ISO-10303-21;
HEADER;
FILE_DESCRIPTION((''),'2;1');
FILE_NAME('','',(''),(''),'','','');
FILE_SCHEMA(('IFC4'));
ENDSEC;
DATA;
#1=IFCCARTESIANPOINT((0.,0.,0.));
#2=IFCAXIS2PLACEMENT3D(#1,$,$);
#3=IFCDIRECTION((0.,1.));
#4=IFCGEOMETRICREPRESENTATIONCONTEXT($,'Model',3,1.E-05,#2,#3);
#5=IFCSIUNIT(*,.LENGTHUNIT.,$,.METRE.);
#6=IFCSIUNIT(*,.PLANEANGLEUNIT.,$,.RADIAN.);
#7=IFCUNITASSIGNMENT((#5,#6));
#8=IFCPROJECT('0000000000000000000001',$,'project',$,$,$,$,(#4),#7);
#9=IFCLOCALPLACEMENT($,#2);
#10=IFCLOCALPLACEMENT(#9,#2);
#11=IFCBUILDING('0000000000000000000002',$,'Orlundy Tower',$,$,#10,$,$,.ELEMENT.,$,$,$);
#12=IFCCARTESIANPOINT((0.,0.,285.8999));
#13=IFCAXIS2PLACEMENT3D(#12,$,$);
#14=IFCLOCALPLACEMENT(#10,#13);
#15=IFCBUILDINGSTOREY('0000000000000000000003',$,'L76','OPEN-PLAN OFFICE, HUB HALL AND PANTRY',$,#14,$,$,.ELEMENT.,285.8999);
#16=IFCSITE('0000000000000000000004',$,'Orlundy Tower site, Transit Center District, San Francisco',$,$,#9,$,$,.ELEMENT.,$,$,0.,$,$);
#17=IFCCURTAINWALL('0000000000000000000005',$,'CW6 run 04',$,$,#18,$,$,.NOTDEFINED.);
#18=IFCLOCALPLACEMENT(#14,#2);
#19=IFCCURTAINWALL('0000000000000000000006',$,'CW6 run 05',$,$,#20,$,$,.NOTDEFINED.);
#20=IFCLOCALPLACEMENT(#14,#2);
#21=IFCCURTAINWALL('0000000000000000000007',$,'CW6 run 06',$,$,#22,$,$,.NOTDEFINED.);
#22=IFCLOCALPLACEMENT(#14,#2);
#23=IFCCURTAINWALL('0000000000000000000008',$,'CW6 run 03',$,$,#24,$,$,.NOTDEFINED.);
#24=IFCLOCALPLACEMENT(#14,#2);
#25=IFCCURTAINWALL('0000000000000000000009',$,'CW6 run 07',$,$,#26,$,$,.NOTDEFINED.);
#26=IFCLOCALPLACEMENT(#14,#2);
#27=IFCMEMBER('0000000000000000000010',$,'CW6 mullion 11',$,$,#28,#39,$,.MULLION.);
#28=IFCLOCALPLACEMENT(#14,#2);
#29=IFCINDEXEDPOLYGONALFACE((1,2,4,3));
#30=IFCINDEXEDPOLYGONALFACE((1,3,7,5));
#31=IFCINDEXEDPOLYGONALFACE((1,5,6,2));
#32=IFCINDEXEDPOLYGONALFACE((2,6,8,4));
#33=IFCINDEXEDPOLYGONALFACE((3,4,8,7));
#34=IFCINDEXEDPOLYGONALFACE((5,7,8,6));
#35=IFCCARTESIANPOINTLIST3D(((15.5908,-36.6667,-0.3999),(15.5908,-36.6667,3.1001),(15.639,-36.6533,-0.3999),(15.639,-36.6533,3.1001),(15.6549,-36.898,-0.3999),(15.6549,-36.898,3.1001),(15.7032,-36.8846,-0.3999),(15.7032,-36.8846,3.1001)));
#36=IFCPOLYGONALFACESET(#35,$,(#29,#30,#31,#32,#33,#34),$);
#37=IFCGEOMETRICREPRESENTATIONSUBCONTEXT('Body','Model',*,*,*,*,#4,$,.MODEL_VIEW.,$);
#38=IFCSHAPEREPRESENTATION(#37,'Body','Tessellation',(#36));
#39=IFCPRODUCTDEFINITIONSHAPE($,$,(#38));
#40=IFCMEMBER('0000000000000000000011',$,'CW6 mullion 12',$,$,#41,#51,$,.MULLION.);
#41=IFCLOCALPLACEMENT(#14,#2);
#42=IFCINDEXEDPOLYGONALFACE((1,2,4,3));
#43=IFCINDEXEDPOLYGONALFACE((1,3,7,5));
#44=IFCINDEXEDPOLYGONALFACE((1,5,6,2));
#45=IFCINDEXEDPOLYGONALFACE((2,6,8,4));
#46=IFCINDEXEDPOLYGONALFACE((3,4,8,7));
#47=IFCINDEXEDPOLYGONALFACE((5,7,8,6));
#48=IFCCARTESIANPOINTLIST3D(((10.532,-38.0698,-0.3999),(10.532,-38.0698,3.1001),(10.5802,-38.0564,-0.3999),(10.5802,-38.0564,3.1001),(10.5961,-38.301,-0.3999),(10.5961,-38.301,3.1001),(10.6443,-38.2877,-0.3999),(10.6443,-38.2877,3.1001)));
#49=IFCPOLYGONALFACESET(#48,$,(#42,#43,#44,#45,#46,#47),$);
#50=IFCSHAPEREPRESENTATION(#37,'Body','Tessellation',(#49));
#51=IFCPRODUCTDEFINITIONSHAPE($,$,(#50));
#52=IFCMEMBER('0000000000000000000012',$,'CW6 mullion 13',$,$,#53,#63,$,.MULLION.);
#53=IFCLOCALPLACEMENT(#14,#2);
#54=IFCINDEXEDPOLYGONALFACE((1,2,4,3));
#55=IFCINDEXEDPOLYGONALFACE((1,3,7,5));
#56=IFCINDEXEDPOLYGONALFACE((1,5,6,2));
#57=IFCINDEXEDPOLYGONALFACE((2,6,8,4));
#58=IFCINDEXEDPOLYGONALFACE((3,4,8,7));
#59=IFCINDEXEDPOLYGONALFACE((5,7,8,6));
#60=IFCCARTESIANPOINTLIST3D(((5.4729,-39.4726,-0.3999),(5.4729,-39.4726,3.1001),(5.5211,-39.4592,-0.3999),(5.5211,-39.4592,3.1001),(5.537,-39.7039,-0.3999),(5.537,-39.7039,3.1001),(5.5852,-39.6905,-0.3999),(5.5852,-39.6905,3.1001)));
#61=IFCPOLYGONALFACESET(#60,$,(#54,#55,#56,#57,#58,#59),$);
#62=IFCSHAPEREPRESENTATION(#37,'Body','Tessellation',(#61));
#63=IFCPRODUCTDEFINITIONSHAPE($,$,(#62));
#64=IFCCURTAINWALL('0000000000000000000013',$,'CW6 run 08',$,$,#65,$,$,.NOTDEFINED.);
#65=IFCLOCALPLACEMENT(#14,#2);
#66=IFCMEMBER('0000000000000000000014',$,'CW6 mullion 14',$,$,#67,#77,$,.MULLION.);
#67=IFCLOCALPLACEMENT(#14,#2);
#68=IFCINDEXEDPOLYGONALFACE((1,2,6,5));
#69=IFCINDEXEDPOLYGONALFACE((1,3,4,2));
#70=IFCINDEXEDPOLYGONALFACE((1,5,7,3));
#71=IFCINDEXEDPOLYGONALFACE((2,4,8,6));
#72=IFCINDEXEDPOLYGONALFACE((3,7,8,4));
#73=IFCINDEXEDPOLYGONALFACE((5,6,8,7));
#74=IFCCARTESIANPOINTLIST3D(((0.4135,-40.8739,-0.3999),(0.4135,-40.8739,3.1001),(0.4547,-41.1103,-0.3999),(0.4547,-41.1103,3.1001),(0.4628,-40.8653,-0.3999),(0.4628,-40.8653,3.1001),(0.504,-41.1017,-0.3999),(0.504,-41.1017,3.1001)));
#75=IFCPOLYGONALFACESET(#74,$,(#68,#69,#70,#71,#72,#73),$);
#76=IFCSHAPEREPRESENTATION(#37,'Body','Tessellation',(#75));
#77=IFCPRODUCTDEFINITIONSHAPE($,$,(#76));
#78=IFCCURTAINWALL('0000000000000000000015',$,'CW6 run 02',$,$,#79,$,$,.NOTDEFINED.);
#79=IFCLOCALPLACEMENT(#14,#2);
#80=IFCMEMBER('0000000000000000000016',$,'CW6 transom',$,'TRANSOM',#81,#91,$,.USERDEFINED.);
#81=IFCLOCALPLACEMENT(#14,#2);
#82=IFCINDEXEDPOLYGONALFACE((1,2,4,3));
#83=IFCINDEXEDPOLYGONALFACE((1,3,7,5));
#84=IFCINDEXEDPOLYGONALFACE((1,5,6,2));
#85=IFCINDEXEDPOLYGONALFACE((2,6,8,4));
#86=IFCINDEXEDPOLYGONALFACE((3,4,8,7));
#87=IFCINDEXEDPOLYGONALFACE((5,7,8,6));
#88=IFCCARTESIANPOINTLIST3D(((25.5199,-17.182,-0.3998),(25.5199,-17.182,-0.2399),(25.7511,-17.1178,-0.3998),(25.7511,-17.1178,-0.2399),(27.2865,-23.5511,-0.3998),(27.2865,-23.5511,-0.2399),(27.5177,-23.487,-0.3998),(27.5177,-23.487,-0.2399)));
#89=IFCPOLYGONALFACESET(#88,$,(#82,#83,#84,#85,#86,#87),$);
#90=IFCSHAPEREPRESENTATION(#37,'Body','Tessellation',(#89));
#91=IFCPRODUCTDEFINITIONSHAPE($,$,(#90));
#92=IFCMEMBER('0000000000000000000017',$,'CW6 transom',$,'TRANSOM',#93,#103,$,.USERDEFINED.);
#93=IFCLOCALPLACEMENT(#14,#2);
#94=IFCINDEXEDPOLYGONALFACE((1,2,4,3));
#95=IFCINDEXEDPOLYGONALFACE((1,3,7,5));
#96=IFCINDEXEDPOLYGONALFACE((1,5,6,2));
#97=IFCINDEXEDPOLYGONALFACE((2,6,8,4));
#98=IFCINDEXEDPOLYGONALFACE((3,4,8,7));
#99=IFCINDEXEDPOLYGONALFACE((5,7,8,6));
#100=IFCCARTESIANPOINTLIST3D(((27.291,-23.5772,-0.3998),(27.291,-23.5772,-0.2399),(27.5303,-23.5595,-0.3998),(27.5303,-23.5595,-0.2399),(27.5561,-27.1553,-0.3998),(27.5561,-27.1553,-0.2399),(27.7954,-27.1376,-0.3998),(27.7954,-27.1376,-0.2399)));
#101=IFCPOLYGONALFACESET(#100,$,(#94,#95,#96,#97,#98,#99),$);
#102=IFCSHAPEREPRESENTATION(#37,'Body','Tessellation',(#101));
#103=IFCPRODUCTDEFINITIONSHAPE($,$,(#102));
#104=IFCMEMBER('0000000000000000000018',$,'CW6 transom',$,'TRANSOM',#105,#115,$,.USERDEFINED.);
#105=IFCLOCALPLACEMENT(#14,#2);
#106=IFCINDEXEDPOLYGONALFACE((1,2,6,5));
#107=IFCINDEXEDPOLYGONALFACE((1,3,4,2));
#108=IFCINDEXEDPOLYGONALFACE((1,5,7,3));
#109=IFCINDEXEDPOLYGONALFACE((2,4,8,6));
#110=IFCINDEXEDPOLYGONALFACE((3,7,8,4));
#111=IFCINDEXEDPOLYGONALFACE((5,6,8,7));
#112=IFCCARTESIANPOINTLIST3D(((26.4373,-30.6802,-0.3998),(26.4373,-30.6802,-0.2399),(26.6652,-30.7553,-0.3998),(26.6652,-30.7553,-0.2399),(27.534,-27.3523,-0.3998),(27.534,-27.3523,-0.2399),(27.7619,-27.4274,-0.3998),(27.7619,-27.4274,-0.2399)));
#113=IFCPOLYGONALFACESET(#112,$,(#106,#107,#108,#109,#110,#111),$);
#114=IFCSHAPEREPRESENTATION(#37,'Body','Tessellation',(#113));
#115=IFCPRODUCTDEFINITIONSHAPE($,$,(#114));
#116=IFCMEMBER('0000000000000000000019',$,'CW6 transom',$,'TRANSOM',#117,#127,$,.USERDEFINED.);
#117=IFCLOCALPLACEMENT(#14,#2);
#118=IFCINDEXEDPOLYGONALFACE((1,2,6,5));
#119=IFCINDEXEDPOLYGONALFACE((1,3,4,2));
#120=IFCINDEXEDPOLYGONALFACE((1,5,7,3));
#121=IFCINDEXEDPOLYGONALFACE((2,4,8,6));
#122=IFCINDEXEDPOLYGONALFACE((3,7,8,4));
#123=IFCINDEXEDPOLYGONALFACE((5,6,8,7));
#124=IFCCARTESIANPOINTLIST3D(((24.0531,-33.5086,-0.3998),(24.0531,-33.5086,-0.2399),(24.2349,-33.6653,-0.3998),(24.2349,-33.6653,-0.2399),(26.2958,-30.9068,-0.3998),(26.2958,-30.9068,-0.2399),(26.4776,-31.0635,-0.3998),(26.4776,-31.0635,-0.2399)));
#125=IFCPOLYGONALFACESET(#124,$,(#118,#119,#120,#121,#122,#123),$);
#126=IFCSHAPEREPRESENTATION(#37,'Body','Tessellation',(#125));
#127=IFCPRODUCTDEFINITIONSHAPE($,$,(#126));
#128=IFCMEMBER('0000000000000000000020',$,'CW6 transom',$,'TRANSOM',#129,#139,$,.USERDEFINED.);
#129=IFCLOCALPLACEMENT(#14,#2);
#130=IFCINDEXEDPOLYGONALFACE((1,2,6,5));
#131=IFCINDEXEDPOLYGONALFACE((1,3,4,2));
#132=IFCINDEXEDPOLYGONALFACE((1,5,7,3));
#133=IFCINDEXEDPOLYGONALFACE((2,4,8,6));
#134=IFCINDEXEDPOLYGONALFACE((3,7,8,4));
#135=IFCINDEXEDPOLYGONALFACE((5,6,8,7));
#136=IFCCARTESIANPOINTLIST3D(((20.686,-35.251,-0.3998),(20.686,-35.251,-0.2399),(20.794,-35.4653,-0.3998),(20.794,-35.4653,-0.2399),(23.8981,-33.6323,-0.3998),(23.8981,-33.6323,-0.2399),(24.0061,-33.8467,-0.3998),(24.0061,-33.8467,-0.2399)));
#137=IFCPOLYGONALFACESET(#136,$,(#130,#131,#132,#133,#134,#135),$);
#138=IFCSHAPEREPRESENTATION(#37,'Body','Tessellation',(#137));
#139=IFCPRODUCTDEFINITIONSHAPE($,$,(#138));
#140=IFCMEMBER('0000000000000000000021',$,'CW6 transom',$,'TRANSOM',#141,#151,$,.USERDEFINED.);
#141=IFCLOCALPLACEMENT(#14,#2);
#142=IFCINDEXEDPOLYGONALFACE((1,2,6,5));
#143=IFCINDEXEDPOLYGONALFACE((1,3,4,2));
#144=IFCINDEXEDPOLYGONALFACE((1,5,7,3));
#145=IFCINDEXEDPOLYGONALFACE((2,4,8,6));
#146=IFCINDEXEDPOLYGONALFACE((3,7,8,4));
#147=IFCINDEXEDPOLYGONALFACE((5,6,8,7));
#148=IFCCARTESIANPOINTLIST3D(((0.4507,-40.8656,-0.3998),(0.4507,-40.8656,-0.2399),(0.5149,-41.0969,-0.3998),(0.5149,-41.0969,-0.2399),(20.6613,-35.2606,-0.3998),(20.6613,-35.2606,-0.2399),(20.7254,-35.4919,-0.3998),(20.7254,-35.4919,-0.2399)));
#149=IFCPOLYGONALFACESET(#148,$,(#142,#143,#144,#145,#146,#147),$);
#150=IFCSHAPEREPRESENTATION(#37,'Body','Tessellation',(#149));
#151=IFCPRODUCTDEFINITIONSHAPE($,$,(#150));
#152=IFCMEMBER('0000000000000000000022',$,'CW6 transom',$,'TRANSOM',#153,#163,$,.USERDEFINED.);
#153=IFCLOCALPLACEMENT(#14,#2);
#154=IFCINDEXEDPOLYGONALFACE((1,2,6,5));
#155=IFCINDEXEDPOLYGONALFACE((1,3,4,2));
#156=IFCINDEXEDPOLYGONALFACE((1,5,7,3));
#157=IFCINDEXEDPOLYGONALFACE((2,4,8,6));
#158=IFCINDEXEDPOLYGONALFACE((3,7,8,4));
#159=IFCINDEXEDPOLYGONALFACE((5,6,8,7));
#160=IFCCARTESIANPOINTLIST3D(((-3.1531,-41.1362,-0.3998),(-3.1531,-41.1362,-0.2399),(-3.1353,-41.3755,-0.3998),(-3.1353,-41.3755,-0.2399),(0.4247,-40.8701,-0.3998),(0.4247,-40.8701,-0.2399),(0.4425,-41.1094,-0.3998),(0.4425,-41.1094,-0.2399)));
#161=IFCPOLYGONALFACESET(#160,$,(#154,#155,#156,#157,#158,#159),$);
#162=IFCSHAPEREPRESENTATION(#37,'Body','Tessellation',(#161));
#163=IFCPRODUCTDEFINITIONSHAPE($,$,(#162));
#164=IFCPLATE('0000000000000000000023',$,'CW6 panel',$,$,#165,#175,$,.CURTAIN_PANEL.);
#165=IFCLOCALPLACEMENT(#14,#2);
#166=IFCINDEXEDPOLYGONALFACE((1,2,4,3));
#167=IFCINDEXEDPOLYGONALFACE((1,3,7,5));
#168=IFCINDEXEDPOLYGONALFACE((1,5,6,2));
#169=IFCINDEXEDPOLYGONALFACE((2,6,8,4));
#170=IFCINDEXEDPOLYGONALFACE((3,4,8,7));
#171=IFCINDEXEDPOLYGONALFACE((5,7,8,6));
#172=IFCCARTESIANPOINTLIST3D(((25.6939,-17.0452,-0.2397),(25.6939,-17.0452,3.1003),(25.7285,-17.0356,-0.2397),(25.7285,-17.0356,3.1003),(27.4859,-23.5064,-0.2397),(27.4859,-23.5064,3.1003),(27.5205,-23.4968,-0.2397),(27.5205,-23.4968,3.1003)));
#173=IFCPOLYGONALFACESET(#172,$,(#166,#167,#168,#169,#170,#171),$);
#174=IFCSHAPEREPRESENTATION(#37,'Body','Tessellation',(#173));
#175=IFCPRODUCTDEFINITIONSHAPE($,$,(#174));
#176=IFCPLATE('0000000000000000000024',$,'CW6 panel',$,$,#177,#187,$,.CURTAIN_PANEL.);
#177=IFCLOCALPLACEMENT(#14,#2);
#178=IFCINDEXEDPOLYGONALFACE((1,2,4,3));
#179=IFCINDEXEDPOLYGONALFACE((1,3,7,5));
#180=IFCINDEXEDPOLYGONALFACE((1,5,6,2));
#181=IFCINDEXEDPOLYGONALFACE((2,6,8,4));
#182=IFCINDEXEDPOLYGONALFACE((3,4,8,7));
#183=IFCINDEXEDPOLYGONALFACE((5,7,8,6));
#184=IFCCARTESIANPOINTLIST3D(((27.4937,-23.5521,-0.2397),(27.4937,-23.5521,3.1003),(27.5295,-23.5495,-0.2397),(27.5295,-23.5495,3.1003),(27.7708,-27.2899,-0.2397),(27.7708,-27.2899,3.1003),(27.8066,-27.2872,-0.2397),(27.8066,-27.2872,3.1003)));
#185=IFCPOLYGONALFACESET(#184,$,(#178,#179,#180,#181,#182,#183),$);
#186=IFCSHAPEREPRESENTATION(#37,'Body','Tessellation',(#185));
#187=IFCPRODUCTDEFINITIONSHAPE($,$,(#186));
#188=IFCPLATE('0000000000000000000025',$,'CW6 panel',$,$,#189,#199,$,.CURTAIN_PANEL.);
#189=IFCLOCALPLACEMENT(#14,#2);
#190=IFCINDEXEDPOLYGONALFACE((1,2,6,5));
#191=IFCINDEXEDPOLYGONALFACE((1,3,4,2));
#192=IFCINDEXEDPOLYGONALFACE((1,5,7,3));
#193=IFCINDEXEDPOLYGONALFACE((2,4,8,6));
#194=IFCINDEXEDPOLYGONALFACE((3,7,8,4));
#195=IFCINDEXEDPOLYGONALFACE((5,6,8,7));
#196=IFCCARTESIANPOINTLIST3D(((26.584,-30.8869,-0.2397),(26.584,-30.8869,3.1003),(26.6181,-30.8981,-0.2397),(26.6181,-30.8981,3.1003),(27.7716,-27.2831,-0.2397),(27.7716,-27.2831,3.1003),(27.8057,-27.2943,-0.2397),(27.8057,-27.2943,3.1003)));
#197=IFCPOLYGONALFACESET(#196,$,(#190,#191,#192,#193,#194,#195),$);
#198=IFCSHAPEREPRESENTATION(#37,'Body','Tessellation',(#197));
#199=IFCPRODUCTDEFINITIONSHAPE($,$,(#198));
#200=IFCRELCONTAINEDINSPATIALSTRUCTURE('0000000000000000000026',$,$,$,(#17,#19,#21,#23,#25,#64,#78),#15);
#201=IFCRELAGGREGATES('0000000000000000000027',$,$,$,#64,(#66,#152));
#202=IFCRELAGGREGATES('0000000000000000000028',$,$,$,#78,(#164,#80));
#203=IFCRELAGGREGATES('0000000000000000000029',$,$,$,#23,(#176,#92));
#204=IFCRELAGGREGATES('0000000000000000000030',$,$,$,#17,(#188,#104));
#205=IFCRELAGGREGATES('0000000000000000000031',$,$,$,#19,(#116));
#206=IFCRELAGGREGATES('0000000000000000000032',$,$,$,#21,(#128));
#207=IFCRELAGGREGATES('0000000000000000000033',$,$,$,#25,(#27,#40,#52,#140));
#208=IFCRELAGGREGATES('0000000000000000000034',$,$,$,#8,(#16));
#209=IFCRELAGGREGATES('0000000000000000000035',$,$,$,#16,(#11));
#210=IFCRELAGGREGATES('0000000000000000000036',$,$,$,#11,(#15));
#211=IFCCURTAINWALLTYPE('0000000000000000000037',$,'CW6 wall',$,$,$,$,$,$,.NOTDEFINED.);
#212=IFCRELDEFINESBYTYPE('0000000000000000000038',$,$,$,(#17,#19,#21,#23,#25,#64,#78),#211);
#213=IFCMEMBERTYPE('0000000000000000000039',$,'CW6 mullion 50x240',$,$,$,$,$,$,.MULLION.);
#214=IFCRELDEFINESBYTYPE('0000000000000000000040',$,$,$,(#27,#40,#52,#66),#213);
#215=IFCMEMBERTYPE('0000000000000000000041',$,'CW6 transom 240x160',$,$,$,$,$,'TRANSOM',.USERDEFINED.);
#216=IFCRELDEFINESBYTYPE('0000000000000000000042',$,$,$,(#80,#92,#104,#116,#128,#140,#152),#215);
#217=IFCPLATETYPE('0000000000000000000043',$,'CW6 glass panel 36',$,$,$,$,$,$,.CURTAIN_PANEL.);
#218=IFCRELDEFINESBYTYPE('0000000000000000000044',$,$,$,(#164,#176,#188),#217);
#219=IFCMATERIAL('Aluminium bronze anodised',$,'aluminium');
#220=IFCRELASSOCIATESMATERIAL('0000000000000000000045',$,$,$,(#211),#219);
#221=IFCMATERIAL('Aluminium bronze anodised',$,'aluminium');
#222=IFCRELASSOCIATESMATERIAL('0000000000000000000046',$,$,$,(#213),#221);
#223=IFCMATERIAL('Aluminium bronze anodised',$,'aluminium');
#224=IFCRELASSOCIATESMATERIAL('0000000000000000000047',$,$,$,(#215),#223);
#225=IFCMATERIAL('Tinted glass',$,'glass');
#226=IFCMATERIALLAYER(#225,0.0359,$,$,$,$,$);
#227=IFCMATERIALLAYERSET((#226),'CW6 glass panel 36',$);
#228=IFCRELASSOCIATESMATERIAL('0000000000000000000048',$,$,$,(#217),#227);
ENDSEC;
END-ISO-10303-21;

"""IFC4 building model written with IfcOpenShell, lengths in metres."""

from ifc_helpers import new_model, si_unit, direction, frame, origin, origin_2d, place, context, subcontext, project, spatial, rectangle, extrude, material, layer, layer_set, material_profile, profile_set, type_object, element, aggregate, save


model = new_model("IFC4")

# Units and contexts
model_context = context("Model", 3, precision=1e-05, world=origin(), true_north=direction((0.0, 1.0)))
body_context = subcontext(model_context, "Body", "Model", "MODEL_VIEW")
ifc_project = project(units=[si_unit("LENGTHUNIT", "METRE"), si_unit("PLANEANGLEUNIT", "RADIAN")], contexts=[model_context])

# Site, building, storey
site_placement = place(None, origin())
site = spatial("IfcSite", under=ifc_project, at=site_placement, Name="Orlundy Tower site, Transit Center District, San Francisco", CompositionType="ELEMENT", RefElevation=0.0)
building_placement = place(site_placement, origin())
building = spatial("IfcBuilding", under=site, at=building_placement, Name="Orlundy Tower", CompositionType="ELEMENT")
storey_placement = place(building_placement, frame((0.0, 0.0, 285.8999)))
storey = spatial("IfcBuildingStorey", under=building, at=storey_placement, Name="L76", Description="OPEN-PLAN OFFICE, HUB HALL AND PANTRY", CompositionType="ELEMENT", Elevation=285.8999)

# Curtain walls
ifc_material_1 = material(Name="Aluminium bronze anodised", Category="aluminium")
curtain_wall_type = type_object("IfcCurtainWallType", Name="CW6 wall", PredefinedType="NOTDEFINED", material=ifc_material_1)
curtain_wall_1_placement = place(storey_placement, origin())
curtain_wall_1 = element("IfcCurtainWall", 1, at=curtain_wall_1_placement, inside=storey, type_object=curtain_wall_type, Name="CW6 run 04", PredefinedType="NOTDEFINED")
curtain_wall_2_placement = place(storey_placement, origin())
curtain_wall_2 = element("IfcCurtainWall", 2, at=curtain_wall_2_placement, inside=storey, type_object=curtain_wall_type, Name="CW6 run 05", PredefinedType="NOTDEFINED")
curtain_wall_3_placement = place(storey_placement, origin())
curtain_wall_3 = element("IfcCurtainWall", 3, at=curtain_wall_3_placement, inside=storey, type_object=curtain_wall_type, Name="CW6 run 06", PredefinedType="NOTDEFINED")
curtain_wall_4_placement = place(storey_placement, origin())
curtain_wall_4 = element("IfcCurtainWall", 4, at=curtain_wall_4_placement, inside=storey, type_object=curtain_wall_type, Name="CW6 run 03", PredefinedType="NOTDEFINED")
ifc_material_2 = material(Name="Aluminium bronze anodised", Category="aluminium")
ifc_material_profile_1 = material_profile(ifc_material_2, rectangle(XDim=0.24, YDim=0.05, at=origin_2d()), Name="CW6 mullion 50x240")
ifc_profile_set_1 = profile_set([ifc_material_profile_1], Name="Aluminium bronze anodised")
member_type_1 = type_object("IfcMemberType", Name="CW6 mullion 50x240", PredefinedType="MULLION", material=ifc_profile_set_1)

# Curtain wall, members
curtain_wall_5_placement = place(storey_placement, origin())
curtain_wall_5 = element("IfcCurtainWall", 5, at=curtain_wall_5_placement, inside=storey, type_object=curtain_wall_type, Name="CW6 run 07", PredefinedType="NOTDEFINED")
member_1_placement = place(storey_placement, frame((15.647, -36.7756, -0.3999), z_axis=(0.0, 0.0, 1.0), x_axis=(0.267241, -0.96363, 0.0)))
member_1 = element("IfcMember", 6, at=member_1_placement, type_object=member_type_1, Name="CW6 mullion 11", PredefinedType="MULLION", context=body_context, shape_type="SweptSolid", body=[
    extrude(rectangle(XDim=0.24, YDim=0.05, at=origin_2d()), origin(), (0.0, 0.0, 1.0), 3.5),
])
member_2_placement = place(storey_placement, frame((10.5881, -38.1787, -0.3999), z_axis=(0.0, 0.0, 1.0), x_axis=(0.267241, -0.96363, 0.0)))
member_2 = element("IfcMember", 7, at=member_2_placement, type_object=member_type_1, Name="CW6 mullion 12", PredefinedType="MULLION", context=body_context, shape_type="SweptSolid", body=[
    extrude(rectangle(XDim=0.24, YDim=0.05, at=origin_2d()), origin(), (0.0, 0.0, 1.0), 3.5),
])
member_3_placement = place(storey_placement, frame((5.5291, -39.5815, -0.3999), z_axis=(0.0, 0.0, 1.0), x_axis=(0.267241, -0.96363, 0.0)))
member_3 = element("IfcMember", 8, at=member_3_placement, type_object=member_type_1, Name="CW6 mullion 13", PredefinedType="MULLION", context=body_context, shape_type="SweptSolid", body=[
    extrude(rectangle(XDim=0.24, YDim=0.05, at=origin_2d()), origin(), (0.0, 0.0, 1.0), 3.5),
])

# Curtain walls, members
curtain_wall_6_placement = place(storey_placement, origin())
curtain_wall_6 = element("IfcCurtainWall", 9, at=curtain_wall_6_placement, inside=storey, type_object=curtain_wall_type, Name="CW6 run 08", PredefinedType="NOTDEFINED")
member_4_placement = place(storey_placement, frame((0.4587, -40.9878, -0.3999), z_axis=(0.0, 0.0, 1.0), x_axis=(0.171536, -0.985178, 0.0)))
member_4 = element("IfcMember", 10, at=member_4_placement, type_object=member_type_1, Name="CW6 mullion 14", PredefinedType="MULLION", context=body_context, shape_type="SweptSolid", body=[
    extrude(rectangle(XDim=0.24, YDim=0.05, at=origin_2d()), origin(), (0.0, 0.0, 1.0), 3.5),
])
curtain_wall_7_placement = place(storey_placement, origin())
curtain_wall_7 = element("IfcCurtainWall", 11, at=curtain_wall_7_placement, inside=storey, type_object=curtain_wall_type, Name="CW6 run 02", PredefinedType="NOTDEFINED")
ifc_material_3 = material(Name="Aluminium bronze anodised", Category="aluminium")
ifc_material_profile_2 = material_profile(ifc_material_3, rectangle(XDim=0.24, YDim=0.1599, at=origin_2d()), Name="CW6 transom 240x160")
ifc_profile_set_2 = profile_set([ifc_material_profile_2], Name="Aluminium bronze anodised")
member_type_2 = type_object("IfcMemberType", Name="CW6 transom 240x160", ElementType="TRANSOM", PredefinedType="USERDEFINED", material=ifc_profile_set_2)
member_5_placement = place(storey_placement, frame((25.6355, -17.1499, -0.3198), z_axis=(0.267278, -0.963619, 0.0), x_axis=(0.963619, 0.267278, 0.0)))
member_5 = element("IfcMember", 12, at=member_5_placement, type_object=member_type_2, Name="CW6 transom", ObjectType="TRANSOM", PredefinedType="USERDEFINED", context=body_context, shape_type="SweptSolid", body=[
    extrude(rectangle(XDim=0.24, YDim=0.1599, at=origin_2d()), origin(), (0.0, 0.0, 1.0), 6.6096),
])

# Members
member_6_placement = place(storey_placement, frame((27.4106, -23.5684, -0.3198), z_axis=(0.073897, -0.997266, 0.0), x_axis=(0.997266, 0.073897, 0.0)))
member_6 = element("IfcMember", 13, at=member_6_placement, type_object=member_type_2, Name="CW6 transom", ObjectType="TRANSOM", PredefinedType="USERDEFINED", context=body_context, shape_type="SweptSolid", body=[
    extrude(rectangle(XDim=0.24, YDim=0.1599, at=origin_2d()), origin(), (0.0, 0.0, 1.0), 3.5879),
])
member_7_placement = place(storey_placement, frame((27.6479, -27.3899, -0.3198), z_axis=(-0.312986, -0.949758, 0.0), x_axis=(0.949758, -0.312986, 0.0)))
member_7 = element("IfcMember", 14, at=member_7_placement, type_object=member_type_2, Name="CW6 transom", ObjectType="TRANSOM", PredefinedType="USERDEFINED", context=body_context, shape_type="SweptSolid", body=[
    extrude(rectangle(XDim=0.24, YDim=0.1599, at=origin_2d()), origin(), (0.0, 0.0, 1.0), 3.5039),
])
member_8_placement = place(storey_placement, frame((26.3867, -30.9851, -0.3198), z_axis=(-0.652896, -0.757448, 0.0), x_axis=(0.757448, -0.652896, 0.0)))
member_8 = element("IfcMember", 15, at=member_8_placement, type_object=member_type_2, Name="CW6 transom", ObjectType="TRANSOM", PredefinedType="USERDEFINED", context=body_context, shape_type="SweptSolid", body=[
    extrude(rectangle(XDim=0.24, YDim=0.1599, at=origin_2d()), origin(), (0.0, 0.0, 1.0), 3.4351),
])
member_9_placement = place(storey_placement, frame((23.9521, -33.7395, -0.3198), z_axis=(-0.893025, -0.450008, 0.0), x_axis=(0.450008, -0.893025, 0.0)))
member_9 = element("IfcMember", 16, at=member_9_placement, type_object=member_type_2, Name="CW6 transom", ObjectType="TRANSOM", PredefinedType="USERDEFINED", context=body_context, shape_type="SweptSolid", body=[
    extrude(rectangle(XDim=0.24, YDim=0.1599, at=origin_2d()), origin(), (0.0, 0.0, 1.0), 3.5969),
])
member_10_placement = place(storey_placement, frame((20.6934, -35.3762, -0.3198), z_axis=(-0.963629, -0.267244, 0.0), x_axis=(0.267244, -0.963629, 0.0)))
member_10 = element("IfcMember", 17, at=member_10_placement, type_object=member_type_2, Name="CW6 transom", ObjectType="TRANSOM", PredefinedType="USERDEFINED", context=body_context, shape_type="SweptSolid", body=[
    extrude(rectangle(XDim=0.24, YDim=0.1599, at=origin_2d()), origin(), (0.0, 0.0, 1.0), 20.9734),
])
member_11_placement = place(storey_placement, frame((0.4336, -40.9897, -0.3198), z_axis=(-0.997245, -0.074172, 0.0), x_axis=(0.074172, -0.997245, 0.0)))
member_11 = element("IfcMember", 18, at=member_11_placement, type_object=member_type_2, Name="CW6 transom", ObjectType="TRANSOM", PredefinedType="USERDEFINED", context=body_context, shape_type="SweptSolid", body=[
    extrude(rectangle(XDim=0.24, YDim=0.1599, at=origin_2d()), origin(), (0.0, 0.0, 1.0), 3.5876),
])
aggregate(curtain_wall_6, [member_4, member_11])

# Plates
ifc_material_4 = material(Name="Tinted glass", Category="glass")
ifc_layer_1 = layer(ifc_material_4, 0.0359)
ifc_layer_set_1 = layer_set([ifc_layer_1], Name="CW6 glass panel 36")
plate_type = type_object("IfcPlateType", Name="CW6 glass panel 36", PredefinedType="CURTAIN_PANEL", material=ifc_layer_set_1)
plate_1_placement = place(storey_placement, frame((26.6072, -20.271, -0.2397), z_axis=(0.0, 0.0, 1.0), x_axis=(0.267256, -0.963626, 0.0)))
plate_1 = element("IfcPlate", 19, at=plate_1_placement, type_object=plate_type, Name="CW6 panel", PredefinedType="CURTAIN_PANEL", context=body_context, shape_type="SweptSolid", body=[
    extrude(rectangle(XDim=6.7051, YDim=0.0359, at=origin_2d()), origin(), (0.0, 0.0, 1.0), 3.3401),
])
aggregate(curtain_wall_7, [plate_1, member_5])
plate_2_placement = place(storey_placement, frame((27.6501, -25.4197, -0.2397), z_axis=(0.0, 0.0, 1.0), x_axis=(0.073911, -0.997265, 0.0)))
plate_2 = element("IfcPlate", 20, at=plate_2_placement, type_object=plate_type, Name="CW6 panel", PredefinedType="CURTAIN_PANEL", context=body_context, shape_type="SweptSolid", body=[
    extrude(rectangle(XDim=3.748, YDim=0.0359, at=origin_2d()), origin(), (0.0, 0.0, 1.0), 3.3401),
])
aggregate(curtain_wall_4, [plate_2, member_6])
plate_3_placement = place(storey_placement, frame((27.1948, -29.0906, -0.2397), z_axis=(0.0, 0.0, 1.0), x_axis=(-0.312988, -0.949757, 0.0)))
plate_3 = element("IfcPlate", 21, at=plate_3_placement, type_object=plate_type, Name="CW6 panel", PredefinedType="CURTAIN_PANEL", context=body_context, shape_type="SweptSolid", body=[
    extrude(rectangle(XDim=3.7944, YDim=0.0359, at=origin_2d()), origin(), (0.0, 0.0, 1.0), 3.3401),
])
aggregate(curtain_wall_1, [plate_3, member_7])
aggregate(curtain_wall_2, [member_8])
aggregate(curtain_wall_3, [member_9])
aggregate(curtain_wall_5, [member_1, member_2, member_3, member_10])

save(model, "model.ifc")
